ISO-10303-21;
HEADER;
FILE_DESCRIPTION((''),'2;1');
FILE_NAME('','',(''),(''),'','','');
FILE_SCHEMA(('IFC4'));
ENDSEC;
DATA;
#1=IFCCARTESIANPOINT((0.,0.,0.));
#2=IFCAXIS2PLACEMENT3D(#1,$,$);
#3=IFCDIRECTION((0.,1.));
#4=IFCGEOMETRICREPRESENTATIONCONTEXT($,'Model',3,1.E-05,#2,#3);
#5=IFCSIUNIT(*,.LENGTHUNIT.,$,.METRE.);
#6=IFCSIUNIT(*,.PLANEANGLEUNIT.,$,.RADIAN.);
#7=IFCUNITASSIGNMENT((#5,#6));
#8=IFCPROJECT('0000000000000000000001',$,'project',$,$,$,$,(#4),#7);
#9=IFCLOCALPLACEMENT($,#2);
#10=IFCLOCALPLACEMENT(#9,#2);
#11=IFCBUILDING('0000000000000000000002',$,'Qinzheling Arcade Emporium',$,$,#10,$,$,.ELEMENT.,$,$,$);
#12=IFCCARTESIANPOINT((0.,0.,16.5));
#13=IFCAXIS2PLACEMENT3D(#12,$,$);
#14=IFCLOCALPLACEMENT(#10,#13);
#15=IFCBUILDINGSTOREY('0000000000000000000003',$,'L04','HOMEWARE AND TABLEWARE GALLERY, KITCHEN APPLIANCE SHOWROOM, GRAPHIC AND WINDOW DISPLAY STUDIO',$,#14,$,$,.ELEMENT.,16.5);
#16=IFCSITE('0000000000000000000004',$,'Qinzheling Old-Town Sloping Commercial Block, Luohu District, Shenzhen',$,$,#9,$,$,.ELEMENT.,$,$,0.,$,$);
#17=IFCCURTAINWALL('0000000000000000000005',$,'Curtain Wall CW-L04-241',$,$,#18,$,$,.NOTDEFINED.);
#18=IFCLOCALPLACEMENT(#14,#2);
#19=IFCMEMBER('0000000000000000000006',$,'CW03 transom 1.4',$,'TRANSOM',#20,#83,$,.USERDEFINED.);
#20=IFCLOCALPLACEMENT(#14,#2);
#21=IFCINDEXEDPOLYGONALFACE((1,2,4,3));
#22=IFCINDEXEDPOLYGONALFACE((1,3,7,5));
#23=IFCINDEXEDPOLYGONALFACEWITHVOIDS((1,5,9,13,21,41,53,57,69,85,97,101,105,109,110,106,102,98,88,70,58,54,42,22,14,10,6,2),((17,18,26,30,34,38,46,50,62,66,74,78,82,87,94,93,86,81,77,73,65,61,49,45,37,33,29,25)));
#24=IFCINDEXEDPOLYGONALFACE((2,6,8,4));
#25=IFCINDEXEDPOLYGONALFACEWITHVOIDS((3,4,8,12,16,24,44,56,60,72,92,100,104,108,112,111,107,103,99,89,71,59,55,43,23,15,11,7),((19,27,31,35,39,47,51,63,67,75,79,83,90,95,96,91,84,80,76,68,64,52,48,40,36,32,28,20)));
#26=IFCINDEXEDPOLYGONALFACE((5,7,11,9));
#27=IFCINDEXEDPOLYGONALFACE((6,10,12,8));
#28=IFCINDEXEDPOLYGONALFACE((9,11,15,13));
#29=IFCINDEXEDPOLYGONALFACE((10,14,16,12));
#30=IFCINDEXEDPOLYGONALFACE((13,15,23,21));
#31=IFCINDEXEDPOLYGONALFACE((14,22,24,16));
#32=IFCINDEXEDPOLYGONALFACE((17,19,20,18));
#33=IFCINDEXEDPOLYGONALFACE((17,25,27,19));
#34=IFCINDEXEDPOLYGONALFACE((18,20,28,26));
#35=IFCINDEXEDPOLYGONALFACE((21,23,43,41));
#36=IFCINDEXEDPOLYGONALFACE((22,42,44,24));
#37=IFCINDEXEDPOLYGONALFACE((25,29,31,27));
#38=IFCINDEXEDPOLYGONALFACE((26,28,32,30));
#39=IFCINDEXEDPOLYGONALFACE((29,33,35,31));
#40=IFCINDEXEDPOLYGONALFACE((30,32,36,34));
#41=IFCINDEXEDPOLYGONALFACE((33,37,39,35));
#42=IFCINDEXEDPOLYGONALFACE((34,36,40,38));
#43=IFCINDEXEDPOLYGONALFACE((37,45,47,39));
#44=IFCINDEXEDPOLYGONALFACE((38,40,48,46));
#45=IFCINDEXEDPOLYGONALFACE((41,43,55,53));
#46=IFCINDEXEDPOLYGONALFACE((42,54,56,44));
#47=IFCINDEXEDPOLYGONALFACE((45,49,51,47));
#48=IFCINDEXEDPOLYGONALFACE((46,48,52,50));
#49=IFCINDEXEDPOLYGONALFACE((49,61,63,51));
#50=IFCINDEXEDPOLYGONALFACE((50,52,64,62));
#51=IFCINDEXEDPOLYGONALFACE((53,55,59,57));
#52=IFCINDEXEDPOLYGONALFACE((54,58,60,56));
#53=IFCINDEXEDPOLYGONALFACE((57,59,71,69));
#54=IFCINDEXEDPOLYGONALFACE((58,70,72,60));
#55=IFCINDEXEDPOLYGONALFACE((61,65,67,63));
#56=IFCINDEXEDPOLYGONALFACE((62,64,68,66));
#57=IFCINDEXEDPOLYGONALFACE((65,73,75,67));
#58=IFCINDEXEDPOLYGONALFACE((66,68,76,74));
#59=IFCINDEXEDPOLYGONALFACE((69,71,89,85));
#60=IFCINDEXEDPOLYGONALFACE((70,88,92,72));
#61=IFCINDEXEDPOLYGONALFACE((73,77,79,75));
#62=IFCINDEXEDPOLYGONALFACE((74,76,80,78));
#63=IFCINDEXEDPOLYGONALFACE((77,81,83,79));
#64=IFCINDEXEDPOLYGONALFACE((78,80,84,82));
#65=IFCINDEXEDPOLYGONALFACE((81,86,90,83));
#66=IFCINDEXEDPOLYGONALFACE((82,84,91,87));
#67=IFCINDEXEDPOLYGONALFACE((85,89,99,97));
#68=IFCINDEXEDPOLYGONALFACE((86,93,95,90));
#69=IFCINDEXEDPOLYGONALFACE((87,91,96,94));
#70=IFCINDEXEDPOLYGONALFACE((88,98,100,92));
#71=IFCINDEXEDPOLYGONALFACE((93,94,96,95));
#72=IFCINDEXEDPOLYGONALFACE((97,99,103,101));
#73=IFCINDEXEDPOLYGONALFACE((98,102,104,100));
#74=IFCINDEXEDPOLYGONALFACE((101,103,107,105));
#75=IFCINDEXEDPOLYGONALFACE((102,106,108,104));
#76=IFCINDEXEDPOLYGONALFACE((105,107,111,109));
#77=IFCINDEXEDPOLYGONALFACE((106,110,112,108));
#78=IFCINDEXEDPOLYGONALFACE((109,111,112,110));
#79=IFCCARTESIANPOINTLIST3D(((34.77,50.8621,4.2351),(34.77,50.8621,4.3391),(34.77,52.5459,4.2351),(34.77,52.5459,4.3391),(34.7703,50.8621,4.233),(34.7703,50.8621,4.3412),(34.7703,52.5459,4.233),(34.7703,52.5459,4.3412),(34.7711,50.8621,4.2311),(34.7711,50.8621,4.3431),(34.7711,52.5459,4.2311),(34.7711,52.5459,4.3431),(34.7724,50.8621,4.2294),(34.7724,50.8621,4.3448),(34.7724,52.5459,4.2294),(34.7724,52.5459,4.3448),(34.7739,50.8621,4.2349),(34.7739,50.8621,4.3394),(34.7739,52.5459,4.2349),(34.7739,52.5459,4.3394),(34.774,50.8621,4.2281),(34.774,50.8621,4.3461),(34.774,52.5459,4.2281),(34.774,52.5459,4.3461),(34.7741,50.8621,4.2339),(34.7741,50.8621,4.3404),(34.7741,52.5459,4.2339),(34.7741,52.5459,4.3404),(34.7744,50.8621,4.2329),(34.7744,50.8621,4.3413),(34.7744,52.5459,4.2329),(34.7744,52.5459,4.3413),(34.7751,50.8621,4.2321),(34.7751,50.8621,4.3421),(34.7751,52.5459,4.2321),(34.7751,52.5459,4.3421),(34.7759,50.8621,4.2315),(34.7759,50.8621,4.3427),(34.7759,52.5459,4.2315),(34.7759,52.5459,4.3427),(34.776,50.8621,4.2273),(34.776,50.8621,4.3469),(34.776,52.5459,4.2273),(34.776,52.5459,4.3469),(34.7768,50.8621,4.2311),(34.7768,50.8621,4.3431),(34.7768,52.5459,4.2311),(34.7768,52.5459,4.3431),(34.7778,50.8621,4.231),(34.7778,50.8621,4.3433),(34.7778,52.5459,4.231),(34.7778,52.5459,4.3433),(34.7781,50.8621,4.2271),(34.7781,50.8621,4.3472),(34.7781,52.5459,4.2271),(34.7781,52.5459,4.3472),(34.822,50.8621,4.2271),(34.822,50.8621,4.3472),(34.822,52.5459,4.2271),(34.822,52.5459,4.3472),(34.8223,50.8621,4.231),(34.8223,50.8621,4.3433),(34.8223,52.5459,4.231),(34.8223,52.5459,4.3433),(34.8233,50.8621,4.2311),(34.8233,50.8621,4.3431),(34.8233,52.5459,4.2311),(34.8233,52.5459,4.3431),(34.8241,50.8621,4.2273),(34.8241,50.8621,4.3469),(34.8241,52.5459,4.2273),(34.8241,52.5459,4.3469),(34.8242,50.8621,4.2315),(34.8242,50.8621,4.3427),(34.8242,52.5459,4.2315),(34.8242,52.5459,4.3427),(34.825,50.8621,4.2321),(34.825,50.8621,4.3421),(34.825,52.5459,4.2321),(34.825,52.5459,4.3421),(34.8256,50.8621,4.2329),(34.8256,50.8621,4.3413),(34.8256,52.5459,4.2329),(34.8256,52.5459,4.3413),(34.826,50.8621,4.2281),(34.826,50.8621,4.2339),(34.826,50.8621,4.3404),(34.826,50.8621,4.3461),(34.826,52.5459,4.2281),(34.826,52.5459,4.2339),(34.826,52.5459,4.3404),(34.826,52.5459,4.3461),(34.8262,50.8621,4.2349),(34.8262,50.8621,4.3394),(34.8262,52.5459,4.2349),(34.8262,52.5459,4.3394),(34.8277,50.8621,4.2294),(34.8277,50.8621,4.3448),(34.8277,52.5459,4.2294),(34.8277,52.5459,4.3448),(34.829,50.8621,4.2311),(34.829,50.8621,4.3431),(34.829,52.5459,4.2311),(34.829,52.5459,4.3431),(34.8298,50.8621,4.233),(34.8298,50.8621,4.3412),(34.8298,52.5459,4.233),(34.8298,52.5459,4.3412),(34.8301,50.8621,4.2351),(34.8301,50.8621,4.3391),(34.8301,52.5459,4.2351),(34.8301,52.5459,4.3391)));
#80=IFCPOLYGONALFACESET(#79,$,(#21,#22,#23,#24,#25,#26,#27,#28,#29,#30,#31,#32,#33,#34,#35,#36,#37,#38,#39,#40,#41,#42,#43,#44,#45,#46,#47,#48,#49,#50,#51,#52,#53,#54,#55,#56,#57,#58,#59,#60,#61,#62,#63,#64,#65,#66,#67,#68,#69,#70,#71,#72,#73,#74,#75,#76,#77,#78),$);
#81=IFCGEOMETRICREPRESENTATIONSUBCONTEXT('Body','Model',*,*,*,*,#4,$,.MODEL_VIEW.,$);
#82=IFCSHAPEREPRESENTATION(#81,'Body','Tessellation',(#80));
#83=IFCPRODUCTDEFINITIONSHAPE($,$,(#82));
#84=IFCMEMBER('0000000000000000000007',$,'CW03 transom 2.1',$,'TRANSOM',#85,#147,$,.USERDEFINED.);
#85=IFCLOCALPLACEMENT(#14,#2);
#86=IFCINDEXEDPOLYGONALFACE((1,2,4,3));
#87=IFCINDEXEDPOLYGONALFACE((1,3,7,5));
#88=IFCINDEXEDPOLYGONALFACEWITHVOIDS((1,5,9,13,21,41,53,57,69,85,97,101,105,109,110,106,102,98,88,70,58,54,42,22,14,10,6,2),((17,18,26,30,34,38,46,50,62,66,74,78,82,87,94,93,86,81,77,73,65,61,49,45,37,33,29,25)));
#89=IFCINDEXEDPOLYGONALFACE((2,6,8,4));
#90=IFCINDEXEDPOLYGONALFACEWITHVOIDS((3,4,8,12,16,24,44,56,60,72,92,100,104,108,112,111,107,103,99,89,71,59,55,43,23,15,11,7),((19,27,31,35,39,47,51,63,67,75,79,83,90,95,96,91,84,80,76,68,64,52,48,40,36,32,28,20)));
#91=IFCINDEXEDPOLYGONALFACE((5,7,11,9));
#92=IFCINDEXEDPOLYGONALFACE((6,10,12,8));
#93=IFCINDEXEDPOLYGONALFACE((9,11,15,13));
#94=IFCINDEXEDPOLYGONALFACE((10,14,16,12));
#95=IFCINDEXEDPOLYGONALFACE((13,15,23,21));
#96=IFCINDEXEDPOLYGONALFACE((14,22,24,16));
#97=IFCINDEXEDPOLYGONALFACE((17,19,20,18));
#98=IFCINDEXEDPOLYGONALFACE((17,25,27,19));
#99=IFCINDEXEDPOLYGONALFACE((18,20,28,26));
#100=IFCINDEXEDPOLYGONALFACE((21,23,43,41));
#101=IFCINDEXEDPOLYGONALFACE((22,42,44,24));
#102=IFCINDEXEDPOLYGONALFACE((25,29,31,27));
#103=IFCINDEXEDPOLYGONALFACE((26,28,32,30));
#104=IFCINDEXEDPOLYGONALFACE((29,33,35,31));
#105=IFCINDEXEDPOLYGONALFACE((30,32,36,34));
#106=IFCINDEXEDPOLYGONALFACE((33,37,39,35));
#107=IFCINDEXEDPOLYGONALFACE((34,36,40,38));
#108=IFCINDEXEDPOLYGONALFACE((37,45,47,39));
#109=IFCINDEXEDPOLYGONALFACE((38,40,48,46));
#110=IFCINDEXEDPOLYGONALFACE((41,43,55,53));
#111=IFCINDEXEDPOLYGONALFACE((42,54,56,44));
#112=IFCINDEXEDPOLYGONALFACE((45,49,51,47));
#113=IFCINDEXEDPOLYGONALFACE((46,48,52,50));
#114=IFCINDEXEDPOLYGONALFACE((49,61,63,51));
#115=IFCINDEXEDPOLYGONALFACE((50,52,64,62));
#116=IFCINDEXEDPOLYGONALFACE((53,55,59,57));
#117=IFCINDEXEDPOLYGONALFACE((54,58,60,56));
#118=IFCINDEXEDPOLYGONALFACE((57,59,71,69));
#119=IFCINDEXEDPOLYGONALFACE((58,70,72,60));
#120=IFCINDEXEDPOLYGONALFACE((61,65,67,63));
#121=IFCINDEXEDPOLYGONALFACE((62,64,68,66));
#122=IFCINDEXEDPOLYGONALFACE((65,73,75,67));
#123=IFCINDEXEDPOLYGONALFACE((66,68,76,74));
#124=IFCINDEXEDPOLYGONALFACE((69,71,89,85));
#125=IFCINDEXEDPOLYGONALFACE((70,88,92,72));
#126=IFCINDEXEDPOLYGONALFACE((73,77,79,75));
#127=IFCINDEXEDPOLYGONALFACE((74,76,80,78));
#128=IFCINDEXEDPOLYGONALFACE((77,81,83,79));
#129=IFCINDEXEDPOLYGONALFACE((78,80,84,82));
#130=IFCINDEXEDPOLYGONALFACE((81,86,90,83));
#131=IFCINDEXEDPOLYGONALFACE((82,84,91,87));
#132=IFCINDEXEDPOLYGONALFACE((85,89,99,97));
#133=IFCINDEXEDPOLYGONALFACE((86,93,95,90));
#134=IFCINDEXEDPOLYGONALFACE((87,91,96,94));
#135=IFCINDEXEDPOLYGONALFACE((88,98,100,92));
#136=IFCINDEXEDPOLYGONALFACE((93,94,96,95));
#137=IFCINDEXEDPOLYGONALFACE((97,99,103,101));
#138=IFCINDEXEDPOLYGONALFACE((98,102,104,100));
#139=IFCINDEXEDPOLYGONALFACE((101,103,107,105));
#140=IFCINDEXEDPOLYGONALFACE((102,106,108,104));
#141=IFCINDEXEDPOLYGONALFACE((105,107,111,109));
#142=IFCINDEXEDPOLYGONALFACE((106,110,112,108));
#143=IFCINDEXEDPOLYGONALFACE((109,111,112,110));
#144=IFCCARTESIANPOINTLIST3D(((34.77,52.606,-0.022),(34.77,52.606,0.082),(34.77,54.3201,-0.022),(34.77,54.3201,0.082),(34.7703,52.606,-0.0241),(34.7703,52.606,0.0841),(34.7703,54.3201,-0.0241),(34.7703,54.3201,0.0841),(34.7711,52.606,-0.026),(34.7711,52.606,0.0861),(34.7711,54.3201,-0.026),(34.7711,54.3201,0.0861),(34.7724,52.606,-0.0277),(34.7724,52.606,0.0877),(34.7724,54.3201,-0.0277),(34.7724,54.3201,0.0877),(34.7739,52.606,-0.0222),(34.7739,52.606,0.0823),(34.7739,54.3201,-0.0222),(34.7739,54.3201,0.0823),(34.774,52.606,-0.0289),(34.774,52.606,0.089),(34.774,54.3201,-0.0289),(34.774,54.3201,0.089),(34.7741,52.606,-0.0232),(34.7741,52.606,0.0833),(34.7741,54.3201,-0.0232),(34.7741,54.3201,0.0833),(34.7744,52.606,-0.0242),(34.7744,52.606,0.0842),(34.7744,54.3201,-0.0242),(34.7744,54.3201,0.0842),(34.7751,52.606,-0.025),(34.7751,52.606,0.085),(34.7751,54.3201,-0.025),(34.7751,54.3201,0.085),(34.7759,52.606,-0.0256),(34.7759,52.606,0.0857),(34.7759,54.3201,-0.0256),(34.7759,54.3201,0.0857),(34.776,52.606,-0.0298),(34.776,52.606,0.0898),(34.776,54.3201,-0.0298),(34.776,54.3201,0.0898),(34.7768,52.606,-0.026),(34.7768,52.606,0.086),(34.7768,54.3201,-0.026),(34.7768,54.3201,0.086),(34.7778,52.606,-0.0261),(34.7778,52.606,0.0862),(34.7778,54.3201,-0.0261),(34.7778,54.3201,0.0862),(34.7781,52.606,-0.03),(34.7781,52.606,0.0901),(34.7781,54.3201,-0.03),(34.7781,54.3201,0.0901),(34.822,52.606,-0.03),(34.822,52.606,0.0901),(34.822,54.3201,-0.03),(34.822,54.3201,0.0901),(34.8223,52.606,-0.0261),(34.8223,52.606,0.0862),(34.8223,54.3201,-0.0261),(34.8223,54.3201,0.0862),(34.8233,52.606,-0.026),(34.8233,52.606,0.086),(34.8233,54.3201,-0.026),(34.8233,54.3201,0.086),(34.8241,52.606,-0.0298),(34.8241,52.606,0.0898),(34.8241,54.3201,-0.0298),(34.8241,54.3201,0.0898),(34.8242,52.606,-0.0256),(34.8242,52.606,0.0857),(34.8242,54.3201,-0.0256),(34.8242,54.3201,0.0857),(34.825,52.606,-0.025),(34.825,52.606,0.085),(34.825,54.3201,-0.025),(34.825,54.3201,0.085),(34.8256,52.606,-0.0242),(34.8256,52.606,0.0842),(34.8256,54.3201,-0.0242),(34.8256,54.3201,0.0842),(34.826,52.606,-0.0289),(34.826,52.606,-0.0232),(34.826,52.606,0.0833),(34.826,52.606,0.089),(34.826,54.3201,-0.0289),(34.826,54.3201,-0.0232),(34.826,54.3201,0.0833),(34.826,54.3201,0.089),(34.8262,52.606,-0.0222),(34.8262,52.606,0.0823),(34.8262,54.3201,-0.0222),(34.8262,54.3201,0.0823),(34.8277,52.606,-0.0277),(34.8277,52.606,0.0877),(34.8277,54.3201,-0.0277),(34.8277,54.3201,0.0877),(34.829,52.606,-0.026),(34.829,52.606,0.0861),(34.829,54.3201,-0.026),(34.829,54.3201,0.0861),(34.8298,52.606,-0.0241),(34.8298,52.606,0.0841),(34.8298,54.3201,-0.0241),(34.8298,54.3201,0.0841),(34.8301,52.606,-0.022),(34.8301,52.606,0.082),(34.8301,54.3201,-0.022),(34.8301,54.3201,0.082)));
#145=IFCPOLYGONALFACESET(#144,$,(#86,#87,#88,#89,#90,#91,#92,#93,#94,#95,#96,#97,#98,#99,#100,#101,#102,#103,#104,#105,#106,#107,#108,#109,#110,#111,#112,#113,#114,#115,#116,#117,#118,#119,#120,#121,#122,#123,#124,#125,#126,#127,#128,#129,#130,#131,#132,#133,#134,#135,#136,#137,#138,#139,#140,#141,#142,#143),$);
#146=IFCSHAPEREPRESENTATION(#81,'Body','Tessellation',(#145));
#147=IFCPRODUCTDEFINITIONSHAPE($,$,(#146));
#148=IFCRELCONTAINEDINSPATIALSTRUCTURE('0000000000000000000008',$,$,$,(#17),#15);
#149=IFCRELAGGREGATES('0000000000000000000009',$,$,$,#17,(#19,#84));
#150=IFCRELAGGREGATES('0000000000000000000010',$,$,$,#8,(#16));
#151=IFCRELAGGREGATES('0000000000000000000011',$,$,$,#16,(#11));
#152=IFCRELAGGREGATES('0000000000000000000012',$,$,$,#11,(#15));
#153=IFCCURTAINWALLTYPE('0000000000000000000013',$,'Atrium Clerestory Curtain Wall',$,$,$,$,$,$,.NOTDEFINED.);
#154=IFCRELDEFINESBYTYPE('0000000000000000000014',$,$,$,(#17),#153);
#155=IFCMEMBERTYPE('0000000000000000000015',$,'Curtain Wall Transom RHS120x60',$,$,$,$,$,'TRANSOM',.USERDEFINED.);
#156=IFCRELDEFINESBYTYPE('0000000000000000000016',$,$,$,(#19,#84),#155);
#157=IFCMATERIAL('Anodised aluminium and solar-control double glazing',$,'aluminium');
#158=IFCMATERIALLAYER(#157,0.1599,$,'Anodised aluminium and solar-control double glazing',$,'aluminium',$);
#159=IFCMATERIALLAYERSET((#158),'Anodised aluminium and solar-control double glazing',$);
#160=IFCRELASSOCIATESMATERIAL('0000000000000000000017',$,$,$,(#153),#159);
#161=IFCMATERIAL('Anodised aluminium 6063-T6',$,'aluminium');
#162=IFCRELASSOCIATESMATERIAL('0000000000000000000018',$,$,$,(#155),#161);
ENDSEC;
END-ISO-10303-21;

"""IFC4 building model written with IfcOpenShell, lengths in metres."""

from ifc_helpers import new_model, si_unit, direction, frame, origin, origin_2d, place, context, subcontext, project, spatial, hollow_rectangle, extrude, material, layer, layer_set, material_profile, profile_set, type_object, element, aggregate, save


model = new_model("IFC4")

# Units and contexts
model_context = context("Model", 3, precision=1e-05, world=origin(), true_north=direction((0.0, 1.0)))
body_context = subcontext(model_context, "Body", "Model", "MODEL_VIEW")
ifc_project = project(units=[si_unit("LENGTHUNIT", "METRE"), si_unit("PLANEANGLEUNIT", "RADIAN")], contexts=[model_context])

# Site, building, storey
site_placement = place(None, origin())
site = spatial("IfcSite", under=ifc_project, at=site_placement, Name="Qinzheling Old-Town Sloping Commercial Block, Luohu District, Shenzhen", CompositionType="ELEMENT", RefElevation=0.0)
building_placement = place(site_placement, origin())
building = spatial("IfcBuilding", under=site, at=building_placement, Name="Qinzheling Arcade Emporium", CompositionType="ELEMENT")
storey_placement = place(building_placement, frame((0.0, 0.0, 16.5)))
storey = spatial("IfcBuildingStorey", under=building, at=storey_placement, Name="L04", Description="HOMEWARE AND TABLEWARE GALLERY, KITCHEN APPLIANCE SHOWROOM, GRAPHIC AND WINDOW DISPLAY STUDIO", CompositionType="ELEMENT", Elevation=16.5)

# Curtain wall, members
ifc_material_1 = material(Name="Anodised aluminium and solar-control double glazing", Category="aluminium")
ifc_layer_1 = layer(ifc_material_1, 0.1599, Name="Anodised aluminium and solar-control double glazing", Category="aluminium")
ifc_layer_set_1 = layer_set([ifc_layer_1], Name="Anodised aluminium and solar-control double glazing")
curtain_wall_type = type_object("IfcCurtainWallType", Name="Atrium Clerestory Curtain Wall", PredefinedType="NOTDEFINED", material=ifc_layer_set_1)
curtain_wall_placement = place(storey_placement, origin())
curtain_wall = element("IfcCurtainWall", 1, at=curtain_wall_placement, inside=storey, type_object=curtain_wall_type, Name="Curtain Wall CW-L04-241", PredefinedType="NOTDEFINED")
ifc_material_2 = material(Name="Anodised aluminium 6063-T6", Category="aluminium")
ifc_material_profile_1 = material_profile(ifc_material_2, hollow_rectangle(XDim=0.0601, YDim=0.1201, WallThickness=0.0039, InnerFilletRadius=0.0039, OuterFilletRadius=0.0081, at=origin_2d()), Name="RHS 120x60x4", Category="aluminium")
ifc_profile_set_1 = profile_set([ifc_material_profile_1], Name="Anodised aluminium 6063-T6")
member_type_1 = type_object("IfcMemberType", Name="Curtain Wall Transom RHS120x60", ElementType="TRANSOM", PredefinedType="USERDEFINED", material=ifc_profile_set_1)
member_1_placement = place(storey_placement, frame((34.8, 50.8621, 4.2871), z_axis=(0.0, 1.0, 0.0), x_axis=(-1.0, 0.0, 0.0)))
member_1 = element("IfcMember", 2, at=member_1_placement, type_object=member_type_1, Name="CW03 transom 1.4", ObjectType="TRANSOM", PredefinedType="USERDEFINED", context=body_context, shape_type="SweptSolid", body=[
    extrude(hollow_rectangle(XDim=0.0601, YDim=0.1201, WallThickness=0.0039, InnerFilletRadius=0.0039, OuterFilletRadius=0.0081, at=origin_2d()), origin(), (0.0, 0.0, 1.0), 1.6838),
])
member_2_placement = place(storey_placement, frame((34.8, 52.606, 0.03), z_axis=(0.0, 1.0, 0.0), x_axis=(-1.0, 0.0, 0.0)))
member_2 = element("IfcMember", 3, at=member_2_placement, type_object=member_type_1, Name="CW03 transom 2.1", ObjectType="TRANSOM", PredefinedType="USERDEFINED", context=body_context, shape_type="SweptSolid", body=[
    extrude(hollow_rectangle(XDim=0.0601, YDim=0.1201, WallThickness=0.0039, InnerFilletRadius=0.0039, OuterFilletRadius=0.0081, at=origin_2d()), origin(), (0.0, 0.0, 1.0), 1.7141),
])

aggregate(curtain_wall, [member_1, member_2])

save(model, "model.ifc")
